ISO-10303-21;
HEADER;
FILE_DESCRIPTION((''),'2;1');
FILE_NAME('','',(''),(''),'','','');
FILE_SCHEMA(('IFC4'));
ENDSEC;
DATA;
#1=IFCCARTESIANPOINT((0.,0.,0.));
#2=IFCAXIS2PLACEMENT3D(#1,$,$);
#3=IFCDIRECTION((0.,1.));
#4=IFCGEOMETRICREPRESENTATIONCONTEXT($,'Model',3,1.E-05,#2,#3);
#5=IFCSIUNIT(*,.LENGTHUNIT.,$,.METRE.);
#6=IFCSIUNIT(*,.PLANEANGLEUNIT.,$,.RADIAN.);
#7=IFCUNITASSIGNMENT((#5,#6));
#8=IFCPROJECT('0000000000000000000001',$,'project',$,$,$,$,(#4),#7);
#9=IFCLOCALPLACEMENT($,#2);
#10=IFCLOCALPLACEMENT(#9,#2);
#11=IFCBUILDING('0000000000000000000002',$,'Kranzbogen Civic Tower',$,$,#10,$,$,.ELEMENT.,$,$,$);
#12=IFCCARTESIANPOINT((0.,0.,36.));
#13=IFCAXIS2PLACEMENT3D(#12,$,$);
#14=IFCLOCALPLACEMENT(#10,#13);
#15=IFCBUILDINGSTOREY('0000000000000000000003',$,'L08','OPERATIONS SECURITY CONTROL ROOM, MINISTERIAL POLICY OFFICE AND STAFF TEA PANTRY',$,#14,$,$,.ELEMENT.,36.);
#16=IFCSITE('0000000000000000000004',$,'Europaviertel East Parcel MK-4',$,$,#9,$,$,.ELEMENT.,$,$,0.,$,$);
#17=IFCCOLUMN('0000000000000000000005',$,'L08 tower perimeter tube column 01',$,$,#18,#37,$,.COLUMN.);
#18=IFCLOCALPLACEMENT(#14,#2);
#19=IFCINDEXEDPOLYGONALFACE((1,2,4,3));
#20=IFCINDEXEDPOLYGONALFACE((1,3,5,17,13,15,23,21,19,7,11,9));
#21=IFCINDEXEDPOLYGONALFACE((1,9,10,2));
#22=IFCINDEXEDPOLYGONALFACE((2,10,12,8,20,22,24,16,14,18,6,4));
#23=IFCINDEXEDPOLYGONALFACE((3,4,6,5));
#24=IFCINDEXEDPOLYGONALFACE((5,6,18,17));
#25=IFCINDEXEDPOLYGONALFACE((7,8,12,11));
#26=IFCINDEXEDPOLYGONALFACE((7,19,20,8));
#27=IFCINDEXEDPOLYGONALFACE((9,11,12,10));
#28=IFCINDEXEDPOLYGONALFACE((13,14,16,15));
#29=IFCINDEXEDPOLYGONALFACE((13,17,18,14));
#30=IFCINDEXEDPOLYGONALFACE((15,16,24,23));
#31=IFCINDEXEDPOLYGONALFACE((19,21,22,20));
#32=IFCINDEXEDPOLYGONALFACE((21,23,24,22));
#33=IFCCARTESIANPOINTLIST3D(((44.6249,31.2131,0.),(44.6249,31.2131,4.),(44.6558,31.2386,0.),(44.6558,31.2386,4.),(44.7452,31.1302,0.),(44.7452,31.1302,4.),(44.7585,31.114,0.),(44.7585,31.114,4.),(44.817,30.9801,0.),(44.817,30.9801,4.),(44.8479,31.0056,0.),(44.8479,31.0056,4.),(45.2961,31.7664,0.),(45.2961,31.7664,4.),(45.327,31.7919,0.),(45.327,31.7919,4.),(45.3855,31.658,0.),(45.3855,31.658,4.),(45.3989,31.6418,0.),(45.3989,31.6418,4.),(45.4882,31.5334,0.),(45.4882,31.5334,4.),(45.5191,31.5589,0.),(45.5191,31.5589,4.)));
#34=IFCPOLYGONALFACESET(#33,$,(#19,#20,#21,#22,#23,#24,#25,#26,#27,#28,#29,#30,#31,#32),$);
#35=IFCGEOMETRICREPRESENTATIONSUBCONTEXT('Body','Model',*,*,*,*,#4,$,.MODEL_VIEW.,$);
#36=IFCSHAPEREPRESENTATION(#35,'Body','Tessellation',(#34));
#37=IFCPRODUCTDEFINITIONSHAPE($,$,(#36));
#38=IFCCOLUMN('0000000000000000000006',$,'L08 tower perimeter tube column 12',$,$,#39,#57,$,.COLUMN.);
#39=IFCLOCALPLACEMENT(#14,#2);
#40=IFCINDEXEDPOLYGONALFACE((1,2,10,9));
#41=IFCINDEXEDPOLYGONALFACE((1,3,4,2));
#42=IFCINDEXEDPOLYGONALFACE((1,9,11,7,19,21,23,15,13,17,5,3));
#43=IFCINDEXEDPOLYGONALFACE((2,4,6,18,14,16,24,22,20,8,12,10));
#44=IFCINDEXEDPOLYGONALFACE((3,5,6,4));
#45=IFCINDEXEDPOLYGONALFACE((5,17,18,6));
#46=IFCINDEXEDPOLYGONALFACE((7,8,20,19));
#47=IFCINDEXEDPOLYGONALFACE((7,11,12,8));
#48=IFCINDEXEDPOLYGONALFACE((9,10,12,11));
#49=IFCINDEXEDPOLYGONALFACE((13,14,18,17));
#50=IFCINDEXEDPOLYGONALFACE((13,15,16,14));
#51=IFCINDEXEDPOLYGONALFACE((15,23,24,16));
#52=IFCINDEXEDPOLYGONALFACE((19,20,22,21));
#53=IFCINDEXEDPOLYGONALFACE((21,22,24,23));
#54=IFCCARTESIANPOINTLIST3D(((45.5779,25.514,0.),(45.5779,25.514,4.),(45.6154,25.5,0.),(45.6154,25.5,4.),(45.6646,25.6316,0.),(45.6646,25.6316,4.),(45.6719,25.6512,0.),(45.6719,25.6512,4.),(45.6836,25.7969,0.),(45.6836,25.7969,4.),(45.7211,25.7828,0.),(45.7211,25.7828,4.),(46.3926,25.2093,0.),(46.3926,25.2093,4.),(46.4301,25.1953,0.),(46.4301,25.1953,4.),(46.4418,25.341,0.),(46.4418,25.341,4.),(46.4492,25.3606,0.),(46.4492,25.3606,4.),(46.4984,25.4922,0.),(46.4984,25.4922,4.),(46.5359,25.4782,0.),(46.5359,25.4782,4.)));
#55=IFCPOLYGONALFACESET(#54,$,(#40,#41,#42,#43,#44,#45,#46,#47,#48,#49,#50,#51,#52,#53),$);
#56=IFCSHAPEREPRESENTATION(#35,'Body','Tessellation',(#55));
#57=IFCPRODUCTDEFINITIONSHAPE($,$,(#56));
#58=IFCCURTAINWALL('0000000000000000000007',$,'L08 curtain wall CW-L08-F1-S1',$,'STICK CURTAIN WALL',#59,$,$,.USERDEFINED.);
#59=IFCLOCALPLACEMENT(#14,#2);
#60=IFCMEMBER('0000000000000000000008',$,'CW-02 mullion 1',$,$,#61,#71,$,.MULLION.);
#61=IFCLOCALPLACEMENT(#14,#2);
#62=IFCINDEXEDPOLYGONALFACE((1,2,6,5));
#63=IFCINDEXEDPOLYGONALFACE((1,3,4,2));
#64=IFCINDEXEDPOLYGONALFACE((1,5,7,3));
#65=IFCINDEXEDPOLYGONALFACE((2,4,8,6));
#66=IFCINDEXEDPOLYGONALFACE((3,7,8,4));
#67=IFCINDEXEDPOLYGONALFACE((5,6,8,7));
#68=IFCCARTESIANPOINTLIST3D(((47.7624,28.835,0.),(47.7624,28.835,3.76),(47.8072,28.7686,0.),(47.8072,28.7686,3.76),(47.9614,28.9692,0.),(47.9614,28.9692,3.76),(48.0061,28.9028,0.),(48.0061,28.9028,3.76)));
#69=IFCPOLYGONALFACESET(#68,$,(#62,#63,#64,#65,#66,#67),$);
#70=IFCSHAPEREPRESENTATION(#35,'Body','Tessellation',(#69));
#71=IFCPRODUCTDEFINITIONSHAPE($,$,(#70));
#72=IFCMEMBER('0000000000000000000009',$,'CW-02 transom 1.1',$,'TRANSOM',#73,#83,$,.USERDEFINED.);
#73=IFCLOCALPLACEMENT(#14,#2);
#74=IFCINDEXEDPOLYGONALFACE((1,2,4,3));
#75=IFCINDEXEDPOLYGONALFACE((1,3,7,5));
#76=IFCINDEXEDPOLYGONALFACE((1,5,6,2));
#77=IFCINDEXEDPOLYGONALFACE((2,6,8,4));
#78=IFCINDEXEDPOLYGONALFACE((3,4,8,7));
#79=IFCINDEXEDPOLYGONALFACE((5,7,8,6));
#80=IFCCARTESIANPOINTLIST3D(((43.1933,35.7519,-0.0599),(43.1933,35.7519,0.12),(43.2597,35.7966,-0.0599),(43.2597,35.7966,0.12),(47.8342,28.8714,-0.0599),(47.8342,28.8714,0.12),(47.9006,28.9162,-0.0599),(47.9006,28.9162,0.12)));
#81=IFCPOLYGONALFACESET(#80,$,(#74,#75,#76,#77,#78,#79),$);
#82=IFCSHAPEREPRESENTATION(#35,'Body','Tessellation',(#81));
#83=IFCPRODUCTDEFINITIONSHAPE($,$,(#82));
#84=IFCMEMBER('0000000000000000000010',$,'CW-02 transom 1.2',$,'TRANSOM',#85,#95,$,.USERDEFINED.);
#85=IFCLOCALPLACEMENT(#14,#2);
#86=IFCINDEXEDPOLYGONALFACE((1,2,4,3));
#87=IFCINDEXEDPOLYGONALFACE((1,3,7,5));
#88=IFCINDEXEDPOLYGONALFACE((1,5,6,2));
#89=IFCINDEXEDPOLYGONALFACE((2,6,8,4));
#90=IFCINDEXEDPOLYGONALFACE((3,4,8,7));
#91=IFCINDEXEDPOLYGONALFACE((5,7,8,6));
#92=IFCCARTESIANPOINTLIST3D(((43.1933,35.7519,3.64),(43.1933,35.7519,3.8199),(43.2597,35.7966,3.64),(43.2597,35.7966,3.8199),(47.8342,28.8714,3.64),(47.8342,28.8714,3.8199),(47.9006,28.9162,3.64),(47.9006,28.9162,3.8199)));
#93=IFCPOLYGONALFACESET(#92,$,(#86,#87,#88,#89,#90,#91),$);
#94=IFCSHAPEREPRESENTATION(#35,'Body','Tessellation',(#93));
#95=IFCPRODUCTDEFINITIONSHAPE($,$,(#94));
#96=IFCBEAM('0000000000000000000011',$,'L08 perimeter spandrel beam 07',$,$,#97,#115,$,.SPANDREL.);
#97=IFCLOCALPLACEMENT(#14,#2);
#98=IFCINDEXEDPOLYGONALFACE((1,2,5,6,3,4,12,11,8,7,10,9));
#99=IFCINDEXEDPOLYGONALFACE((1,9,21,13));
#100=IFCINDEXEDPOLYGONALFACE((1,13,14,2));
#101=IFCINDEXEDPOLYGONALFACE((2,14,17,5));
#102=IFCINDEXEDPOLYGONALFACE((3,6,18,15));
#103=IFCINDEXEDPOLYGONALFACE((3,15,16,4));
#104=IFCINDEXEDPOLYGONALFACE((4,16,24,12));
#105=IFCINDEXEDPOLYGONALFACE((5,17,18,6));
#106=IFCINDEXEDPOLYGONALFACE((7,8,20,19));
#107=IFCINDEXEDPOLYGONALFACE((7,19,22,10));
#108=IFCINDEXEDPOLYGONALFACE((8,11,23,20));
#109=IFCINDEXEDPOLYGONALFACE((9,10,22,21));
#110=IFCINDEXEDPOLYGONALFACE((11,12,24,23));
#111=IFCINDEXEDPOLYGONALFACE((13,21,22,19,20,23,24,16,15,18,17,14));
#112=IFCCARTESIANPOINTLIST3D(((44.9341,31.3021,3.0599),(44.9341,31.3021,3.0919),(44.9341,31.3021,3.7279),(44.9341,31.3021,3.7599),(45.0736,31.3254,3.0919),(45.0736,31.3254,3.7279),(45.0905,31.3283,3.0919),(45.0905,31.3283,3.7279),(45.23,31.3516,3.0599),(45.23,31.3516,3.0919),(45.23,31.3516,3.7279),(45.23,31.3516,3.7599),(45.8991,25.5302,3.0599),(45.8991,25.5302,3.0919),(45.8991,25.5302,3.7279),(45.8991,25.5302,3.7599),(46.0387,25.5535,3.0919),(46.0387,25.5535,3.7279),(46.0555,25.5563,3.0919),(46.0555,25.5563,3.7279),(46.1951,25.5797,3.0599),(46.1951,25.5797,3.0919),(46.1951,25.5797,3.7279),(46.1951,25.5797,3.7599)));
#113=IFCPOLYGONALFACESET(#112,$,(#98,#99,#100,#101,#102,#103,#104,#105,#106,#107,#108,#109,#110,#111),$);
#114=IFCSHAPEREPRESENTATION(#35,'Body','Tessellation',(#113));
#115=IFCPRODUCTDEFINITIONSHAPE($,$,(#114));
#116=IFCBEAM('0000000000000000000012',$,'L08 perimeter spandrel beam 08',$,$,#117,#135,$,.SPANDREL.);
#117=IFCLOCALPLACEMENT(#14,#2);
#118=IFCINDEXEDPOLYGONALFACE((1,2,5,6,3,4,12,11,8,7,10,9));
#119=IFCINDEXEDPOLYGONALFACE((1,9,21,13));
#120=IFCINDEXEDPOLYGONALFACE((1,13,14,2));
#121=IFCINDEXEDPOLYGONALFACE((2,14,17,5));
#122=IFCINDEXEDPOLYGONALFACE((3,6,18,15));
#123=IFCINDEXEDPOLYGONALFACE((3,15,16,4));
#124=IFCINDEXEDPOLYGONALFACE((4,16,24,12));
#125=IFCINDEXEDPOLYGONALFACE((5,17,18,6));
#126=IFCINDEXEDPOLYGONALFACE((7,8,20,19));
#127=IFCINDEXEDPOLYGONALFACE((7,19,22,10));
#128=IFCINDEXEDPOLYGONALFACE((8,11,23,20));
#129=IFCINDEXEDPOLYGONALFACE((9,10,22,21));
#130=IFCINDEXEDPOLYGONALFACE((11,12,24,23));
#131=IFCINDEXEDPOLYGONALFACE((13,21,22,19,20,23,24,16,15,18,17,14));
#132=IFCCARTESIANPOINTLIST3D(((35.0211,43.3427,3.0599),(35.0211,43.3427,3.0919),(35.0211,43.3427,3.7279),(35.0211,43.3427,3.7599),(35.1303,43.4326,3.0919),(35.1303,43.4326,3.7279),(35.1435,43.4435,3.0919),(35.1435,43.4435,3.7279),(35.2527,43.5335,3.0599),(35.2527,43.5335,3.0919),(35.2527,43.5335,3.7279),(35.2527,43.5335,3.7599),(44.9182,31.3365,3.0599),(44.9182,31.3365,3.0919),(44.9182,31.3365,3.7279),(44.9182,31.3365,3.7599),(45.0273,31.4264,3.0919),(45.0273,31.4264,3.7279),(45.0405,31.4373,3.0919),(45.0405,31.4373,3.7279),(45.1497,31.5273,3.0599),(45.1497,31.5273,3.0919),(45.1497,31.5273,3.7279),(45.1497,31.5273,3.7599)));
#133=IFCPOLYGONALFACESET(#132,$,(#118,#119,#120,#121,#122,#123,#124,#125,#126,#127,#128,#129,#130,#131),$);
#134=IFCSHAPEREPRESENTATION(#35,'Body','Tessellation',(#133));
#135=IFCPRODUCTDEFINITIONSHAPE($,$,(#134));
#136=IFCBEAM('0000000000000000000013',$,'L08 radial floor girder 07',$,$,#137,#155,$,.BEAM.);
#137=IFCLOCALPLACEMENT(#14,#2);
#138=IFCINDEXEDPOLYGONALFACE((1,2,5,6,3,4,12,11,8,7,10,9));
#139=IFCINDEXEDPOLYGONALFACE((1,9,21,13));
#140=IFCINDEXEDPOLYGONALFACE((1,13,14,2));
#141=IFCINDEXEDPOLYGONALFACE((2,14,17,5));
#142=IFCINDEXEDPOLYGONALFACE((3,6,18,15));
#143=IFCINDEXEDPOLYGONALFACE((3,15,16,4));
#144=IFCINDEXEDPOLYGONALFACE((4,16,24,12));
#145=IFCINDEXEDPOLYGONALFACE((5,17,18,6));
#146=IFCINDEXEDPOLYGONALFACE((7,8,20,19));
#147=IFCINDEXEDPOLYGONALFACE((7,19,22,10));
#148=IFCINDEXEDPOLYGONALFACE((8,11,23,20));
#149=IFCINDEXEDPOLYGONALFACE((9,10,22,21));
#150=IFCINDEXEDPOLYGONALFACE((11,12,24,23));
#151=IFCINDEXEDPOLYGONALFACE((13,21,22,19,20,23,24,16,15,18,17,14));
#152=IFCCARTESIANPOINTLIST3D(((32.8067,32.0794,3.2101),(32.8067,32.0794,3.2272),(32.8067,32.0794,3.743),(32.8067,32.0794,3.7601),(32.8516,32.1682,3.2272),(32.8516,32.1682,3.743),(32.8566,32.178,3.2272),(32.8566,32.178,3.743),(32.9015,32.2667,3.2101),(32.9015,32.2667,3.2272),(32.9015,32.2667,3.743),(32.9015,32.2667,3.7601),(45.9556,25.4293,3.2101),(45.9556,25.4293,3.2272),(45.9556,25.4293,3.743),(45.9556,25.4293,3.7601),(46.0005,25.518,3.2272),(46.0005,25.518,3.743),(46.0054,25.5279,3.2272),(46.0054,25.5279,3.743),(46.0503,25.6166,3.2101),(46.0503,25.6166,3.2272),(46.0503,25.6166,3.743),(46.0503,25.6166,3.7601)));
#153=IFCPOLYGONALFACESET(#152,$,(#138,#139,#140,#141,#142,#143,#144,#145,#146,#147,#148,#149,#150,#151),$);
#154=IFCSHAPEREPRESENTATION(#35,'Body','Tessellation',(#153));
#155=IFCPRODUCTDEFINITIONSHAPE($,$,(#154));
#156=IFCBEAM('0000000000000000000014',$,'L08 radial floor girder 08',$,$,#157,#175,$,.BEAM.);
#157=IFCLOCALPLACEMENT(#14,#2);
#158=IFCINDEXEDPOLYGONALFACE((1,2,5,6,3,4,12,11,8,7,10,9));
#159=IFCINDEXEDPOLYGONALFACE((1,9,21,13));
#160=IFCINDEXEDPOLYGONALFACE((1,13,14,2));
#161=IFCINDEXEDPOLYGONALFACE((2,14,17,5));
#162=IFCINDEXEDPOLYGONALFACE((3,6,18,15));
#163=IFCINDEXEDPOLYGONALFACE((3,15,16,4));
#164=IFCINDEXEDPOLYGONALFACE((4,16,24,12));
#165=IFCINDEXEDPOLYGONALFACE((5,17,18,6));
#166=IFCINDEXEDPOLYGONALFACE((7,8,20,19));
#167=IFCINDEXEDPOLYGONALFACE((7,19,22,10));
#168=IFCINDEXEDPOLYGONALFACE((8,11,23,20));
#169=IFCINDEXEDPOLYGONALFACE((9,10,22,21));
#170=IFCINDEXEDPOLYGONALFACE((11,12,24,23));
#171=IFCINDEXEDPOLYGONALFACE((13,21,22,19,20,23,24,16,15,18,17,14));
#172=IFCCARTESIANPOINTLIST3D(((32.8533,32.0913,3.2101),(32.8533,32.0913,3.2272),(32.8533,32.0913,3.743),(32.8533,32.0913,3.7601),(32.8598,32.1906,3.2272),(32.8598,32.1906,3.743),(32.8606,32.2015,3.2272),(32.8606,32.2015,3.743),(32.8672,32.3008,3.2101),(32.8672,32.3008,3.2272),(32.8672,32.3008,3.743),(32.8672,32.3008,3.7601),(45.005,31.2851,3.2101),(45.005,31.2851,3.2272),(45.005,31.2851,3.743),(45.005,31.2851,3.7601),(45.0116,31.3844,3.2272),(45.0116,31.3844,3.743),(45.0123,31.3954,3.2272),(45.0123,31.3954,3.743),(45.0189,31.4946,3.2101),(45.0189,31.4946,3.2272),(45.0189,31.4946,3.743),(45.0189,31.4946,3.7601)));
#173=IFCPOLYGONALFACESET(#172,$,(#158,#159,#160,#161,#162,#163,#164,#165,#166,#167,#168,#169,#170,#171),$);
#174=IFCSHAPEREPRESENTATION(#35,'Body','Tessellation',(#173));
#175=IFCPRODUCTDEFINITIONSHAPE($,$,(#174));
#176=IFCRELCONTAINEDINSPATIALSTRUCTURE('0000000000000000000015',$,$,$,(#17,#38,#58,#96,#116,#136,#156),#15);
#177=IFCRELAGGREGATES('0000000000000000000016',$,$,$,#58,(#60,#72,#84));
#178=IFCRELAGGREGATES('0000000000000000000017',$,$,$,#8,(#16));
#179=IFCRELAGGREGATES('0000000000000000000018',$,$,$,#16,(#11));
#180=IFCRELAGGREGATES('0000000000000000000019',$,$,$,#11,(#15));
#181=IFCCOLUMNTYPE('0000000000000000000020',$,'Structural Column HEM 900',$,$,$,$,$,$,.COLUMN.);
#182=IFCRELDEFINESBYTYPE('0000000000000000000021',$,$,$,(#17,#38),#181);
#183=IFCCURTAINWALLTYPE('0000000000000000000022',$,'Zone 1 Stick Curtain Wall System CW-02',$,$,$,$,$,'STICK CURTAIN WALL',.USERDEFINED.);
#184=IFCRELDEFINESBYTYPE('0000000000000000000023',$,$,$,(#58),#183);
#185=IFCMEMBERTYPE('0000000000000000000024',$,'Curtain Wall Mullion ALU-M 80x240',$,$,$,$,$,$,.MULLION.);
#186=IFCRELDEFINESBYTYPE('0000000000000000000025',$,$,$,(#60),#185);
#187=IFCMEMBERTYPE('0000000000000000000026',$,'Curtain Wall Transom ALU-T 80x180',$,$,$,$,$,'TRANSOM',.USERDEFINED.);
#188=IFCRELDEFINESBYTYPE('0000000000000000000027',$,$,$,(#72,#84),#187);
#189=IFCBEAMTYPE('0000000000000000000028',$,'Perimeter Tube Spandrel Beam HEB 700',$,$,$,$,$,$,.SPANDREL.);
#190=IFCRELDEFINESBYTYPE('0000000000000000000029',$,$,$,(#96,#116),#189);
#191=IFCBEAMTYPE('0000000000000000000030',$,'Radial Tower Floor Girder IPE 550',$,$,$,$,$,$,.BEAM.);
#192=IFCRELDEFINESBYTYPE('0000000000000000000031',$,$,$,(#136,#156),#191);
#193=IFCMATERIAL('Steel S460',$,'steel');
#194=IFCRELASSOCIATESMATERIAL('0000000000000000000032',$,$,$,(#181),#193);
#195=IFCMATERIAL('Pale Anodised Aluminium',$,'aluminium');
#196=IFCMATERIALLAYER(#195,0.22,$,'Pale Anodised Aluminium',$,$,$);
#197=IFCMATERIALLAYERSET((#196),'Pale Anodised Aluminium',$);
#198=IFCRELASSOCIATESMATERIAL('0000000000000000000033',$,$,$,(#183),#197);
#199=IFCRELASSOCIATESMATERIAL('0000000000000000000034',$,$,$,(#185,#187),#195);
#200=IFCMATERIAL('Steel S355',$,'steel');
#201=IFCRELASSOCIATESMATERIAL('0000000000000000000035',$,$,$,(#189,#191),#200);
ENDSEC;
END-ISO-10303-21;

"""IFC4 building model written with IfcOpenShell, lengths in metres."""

from ifc_helpers import new_model, si_unit, direction, frame, origin, origin_2d, place, context, subcontext, project, spatial, rectangle, i_section, extrude, material, layer, layer_set, material_profile, profile_set, type_object, element, aggregate, save


model = new_model("IFC4")

# Units and contexts
model_context = context("Model", 3, precision=1e-05, world=origin(), true_north=direction((0.0, 1.0)))
body_context = subcontext(model_context, "Body", "Model", "MODEL_VIEW")
ifc_project = project(units=[si_unit("LENGTHUNIT", "METRE"), si_unit("PLANEANGLEUNIT", "RADIAN")], contexts=[model_context])

# Site, building, storey
site_placement = place(None, origin())
site = spatial("IfcSite", under=ifc_project, at=site_placement, Name="Europaviertel East Parcel MK-4", CompositionType="ELEMENT", RefElevation=0.0)
building_placement = place(site_placement, origin())
building = spatial("IfcBuilding", under=site, at=building_placement, Name="Kranzbogen Civic Tower", CompositionType="ELEMENT")
storey_placement = place(building_placement, frame((0.0, 0.0, 36.0)))
storey = spatial("IfcBuildingStorey", under=building, at=storey_placement, Name="L08", Description="OPERATIONS SECURITY CONTROL ROOM, MINISTERIAL POLICY OFFICE AND STAFF TEA PANTRY", CompositionType="ELEMENT", Elevation=36.0)

# Columns
ifc_material_1 = material(Name="Steel S460", Category="steel")
ifc_material_profile_1 = material_profile(ifc_material_1, i_section(OverallWidth=0.302, OverallDepth=0.9099, WebThickness=0.021, FlangeThickness=0.04, at=origin_2d()), Name="HEM 900")
ifc_profile_set_1 = profile_set([ifc_material_profile_1], Name="Steel S460")
column_type = type_object("IfcColumnType", Name="Structural Column HEM 900", PredefinedType="COLUMN", material=ifc_profile_set_1)
for number, where, z_axis, x_axis, name in (
    (1, (45.072, 31.386, 0.0), (0.0, 0.0, 1.0), (-0.636078, 0.771625, 0.0), "L08 tower perimeter tube column 01"),
    (2, (46.0569, 25.4961, 0.0), (0.0, 0.0, 1.0), (0.350207, 0.936672, 0.0), "L08 tower perimeter tube column 12"),
):
    element("IfcColumn", number, at=place(storey_placement, frame(where, z_axis=z_axis, x_axis=x_axis)), inside=storey, type_object=column_type, Name=name, PredefinedType="COLUMN", context=body_context, shape_type="SweptSolid", body=[
        extrude(i_section(OverallWidth=0.302, OverallDepth=0.9099, WebThickness=0.021, FlangeThickness=0.04, at=origin_2d()), origin(), (0.0, 0.0, 1.0), 4.0),
    ])

# Curtain wall, members
ifc_material_2 = material(Name="Pale Anodised Aluminium", Category="aluminium")
ifc_layer_1 = layer(ifc_material_2, 0.22, Name="Pale Anodised Aluminium")
ifc_layer_set_1 = layer_set([ifc_layer_1], Name="Pale Anodised Aluminium")
curtain_wall_type = type_object("IfcCurtainWallType", Name="Zone 1 Stick Curtain Wall System CW-02", ElementType="STICK CURTAIN WALL", PredefinedType="USERDEFINED", material=ifc_layer_set_1)
curtain_wall_placement = place(storey_placement, origin())
curtain_wall = element("IfcCurtainWall", 3, at=curtain_wall_placement, inside=storey, type_object=curtain_wall_type, Name="L08 curtain wall CW-L08-F1-S1", ObjectType="STICK CURTAIN WALL", PredefinedType="USERDEFINED")
ifc_material_profile_2 = material_profile(ifc_material_2, rectangle(XDim=0.0801, YDim=0.24, at=origin_2d()), Name="ALU-M 80x240")
ifc_profile_set_2 = profile_set([ifc_material_profile_2], Name="Pale Anodised Aluminium")
member_type_1 = type_object("IfcMemberType", Name="Curtain Wall Mullion ALU-M 80x240", PredefinedType="MULLION", material=ifc_profile_set_2)
member_1_placement = place(storey_placement, frame((47.8843, 28.8689, 0.0), z_axis=(0.0, 0.0, 1.0), x_axis=(-0.559187, 0.829041, 0.0)))
member_1 = element("IfcMember", 4, at=member_1_placement, type_object=member_type_1, Name="CW-02 mullion 1", PredefinedType="MULLION", context=body_context, shape_type="SweptSolid", body=[
    extrude(rectangle(XDim=0.0801, YDim=0.24, at=origin_2d()), origin(), (0.0, 0.0, 1.0), 3.76),
])
ifc_material_profile_3 = material_profile(ifc_material_2, rectangle(XDim=0.0801, YDim=0.1799, at=origin_2d()), Name="ALU-T 80x180")
ifc_profile_set_3 = profile_set([ifc_material_profile_3], Name="Pale Anodised Aluminium")
member_type_2 = type_object("IfcMemberType", Name="Curtain Wall Transom ALU-T 80x180", ElementType="TRANSOM", PredefinedType="USERDEFINED", material=ifc_profile_set_3)
member_2_placement = place(storey_placement, frame((47.8674, 28.8938, 0.03), z_axis=(-0.559193, 0.829038, 0.0), x_axis=(-0.829038, -0.559193, 0.0)))
member_2 = element("IfcMember", 5, at=member_2_placement, type_object=member_type_2, Name="CW-02 transom 1.1", ObjectType="TRANSOM", PredefinedType="USERDEFINED", context=body_context, shape_type="SweptSolid", body=[
    extrude(rectangle(XDim=0.0801, YDim=0.1799, at=origin_2d()), origin(), (0.0, 0.0, 1.0), 8.2993),
])
member_3_placement = place(storey_placement, frame((47.8674, 28.8938, 3.73), z_axis=(-0.559193, 0.829038, 0.0), x_axis=(-0.829038, -0.559193, 0.0)))
member_3 = element("IfcMember", 6, at=member_3_placement, type_object=member_type_2, Name="CW-02 transom 1.2", ObjectType="TRANSOM", PredefinedType="USERDEFINED", context=body_context, shape_type="SweptSolid", body=[
    extrude(rectangle(XDim=0.0801, YDim=0.1799, at=origin_2d()), origin(), (0.0, 0.0, 1.0), 8.2993),
])

# Beams
ifc_material_3 = material(Name="Steel S355", Category="steel")
ifc_material_profile_4 = material_profile(ifc_material_3, i_section(OverallWidth=0.3, OverallDepth=0.7, WebThickness=0.0171, FlangeThickness=0.032, at=origin_2d()), Name="HEB 700")
ifc_profile_set_4 = profile_set([ifc_material_profile_4], Name="Steel S355")
beam_type_1 = type_object("IfcBeamType", Name="Perimeter Tube Spandrel Beam HEB 700", PredefinedType="SPANDREL", material=ifc_profile_set_4)
beam_1_placement = place(storey_placement, frame((46.0471, 25.5549, 3.4099), z_axis=(-0.164913, 0.986308, 0.0), x_axis=(-0.986308, -0.164913, 0.0)))
element("IfcBeam", 7, at=beam_1_placement, inside=storey, type_object=beam_type_1, Name="L08 perimeter spandrel beam 07", PredefinedType="SPANDREL", context=body_context, shape_type="SweptSolid", body=[
    extrude(i_section(OverallWidth=0.3, OverallDepth=0.7, WebThickness=0.0171, FlangeThickness=0.032, at=origin_2d()), origin(), (0.0, 0.0, 1.0), 5.8521),
])
beam_2_placement = place(storey_placement, frame((45.0339, 31.4319, 3.4099), z_axis=(-0.636075, 0.771628, 0.0), x_axis=(-0.771628, -0.636075, 0.0)))
element("IfcBeam", 8, at=beam_2_placement, inside=storey, type_object=beam_type_1, Name="L08 perimeter spandrel beam 08", PredefinedType="SPANDREL", context=body_context, shape_type="SweptSolid", body=[
    extrude(i_section(OverallWidth=0.3, OverallDepth=0.7, WebThickness=0.0171, FlangeThickness=0.032, at=origin_2d()), origin(), (0.0, 0.0, 1.0), 15.5596),
])
ifc_material_profile_5 = material_profile(ifc_material_3, i_section(OverallWidth=0.21, OverallDepth=0.55, WebThickness=0.011, FlangeThickness=0.0171, at=origin_2d()), Name="IPE 550")
ifc_profile_set_5 = profile_set([ifc_material_profile_5], Name="Steel S355")
beam_type_2 = type_object("IfcBeamType", Name="Radial Tower Floor Girder IPE 550", PredefinedType="BEAM", material=ifc_profile_set_5)
beam_3_placement = place(storey_placement, frame((46.0029, 25.5229, 3.4851), z_axis=(-0.892363, 0.451318, 0.0), x_axis=(-0.451318, -0.892363, 0.0)))
element("IfcBeam", 9, at=beam_3_placement, inside=storey, type_object=beam_type_2, Name="L08 radial floor girder 07", PredefinedType="BEAM", context=body_context, shape_type="SweptSolid", body=[
    extrude(i_section(OverallWidth=0.21, OverallDepth=0.55, WebThickness=0.011, FlangeThickness=0.0171, at=origin_2d()), origin(), (0.0, 0.0, 1.0), 14.7349),
])
beam_4_placement = place(storey_placement, frame((45.012, 31.3899, 3.4851), z_axis=(-0.997807, 0.066194, 0.0), x_axis=(-0.066194, -0.997807, 0.0)))
element("IfcBeam", 10, at=beam_4_placement, inside=storey, type_object=beam_type_2, Name="L08 radial floor girder 08", PredefinedType="BEAM", context=body_context, shape_type="SweptSolid", body=[
    extrude(i_section(OverallWidth=0.21, OverallDepth=0.55, WebThickness=0.011, FlangeThickness=0.0171, at=origin_2d()), origin(), (0.0, 0.0, 1.0), 12.1785),
])

aggregate(curtain_wall, [member_1, member_2, member_3])

save(model, "model.ifc")
